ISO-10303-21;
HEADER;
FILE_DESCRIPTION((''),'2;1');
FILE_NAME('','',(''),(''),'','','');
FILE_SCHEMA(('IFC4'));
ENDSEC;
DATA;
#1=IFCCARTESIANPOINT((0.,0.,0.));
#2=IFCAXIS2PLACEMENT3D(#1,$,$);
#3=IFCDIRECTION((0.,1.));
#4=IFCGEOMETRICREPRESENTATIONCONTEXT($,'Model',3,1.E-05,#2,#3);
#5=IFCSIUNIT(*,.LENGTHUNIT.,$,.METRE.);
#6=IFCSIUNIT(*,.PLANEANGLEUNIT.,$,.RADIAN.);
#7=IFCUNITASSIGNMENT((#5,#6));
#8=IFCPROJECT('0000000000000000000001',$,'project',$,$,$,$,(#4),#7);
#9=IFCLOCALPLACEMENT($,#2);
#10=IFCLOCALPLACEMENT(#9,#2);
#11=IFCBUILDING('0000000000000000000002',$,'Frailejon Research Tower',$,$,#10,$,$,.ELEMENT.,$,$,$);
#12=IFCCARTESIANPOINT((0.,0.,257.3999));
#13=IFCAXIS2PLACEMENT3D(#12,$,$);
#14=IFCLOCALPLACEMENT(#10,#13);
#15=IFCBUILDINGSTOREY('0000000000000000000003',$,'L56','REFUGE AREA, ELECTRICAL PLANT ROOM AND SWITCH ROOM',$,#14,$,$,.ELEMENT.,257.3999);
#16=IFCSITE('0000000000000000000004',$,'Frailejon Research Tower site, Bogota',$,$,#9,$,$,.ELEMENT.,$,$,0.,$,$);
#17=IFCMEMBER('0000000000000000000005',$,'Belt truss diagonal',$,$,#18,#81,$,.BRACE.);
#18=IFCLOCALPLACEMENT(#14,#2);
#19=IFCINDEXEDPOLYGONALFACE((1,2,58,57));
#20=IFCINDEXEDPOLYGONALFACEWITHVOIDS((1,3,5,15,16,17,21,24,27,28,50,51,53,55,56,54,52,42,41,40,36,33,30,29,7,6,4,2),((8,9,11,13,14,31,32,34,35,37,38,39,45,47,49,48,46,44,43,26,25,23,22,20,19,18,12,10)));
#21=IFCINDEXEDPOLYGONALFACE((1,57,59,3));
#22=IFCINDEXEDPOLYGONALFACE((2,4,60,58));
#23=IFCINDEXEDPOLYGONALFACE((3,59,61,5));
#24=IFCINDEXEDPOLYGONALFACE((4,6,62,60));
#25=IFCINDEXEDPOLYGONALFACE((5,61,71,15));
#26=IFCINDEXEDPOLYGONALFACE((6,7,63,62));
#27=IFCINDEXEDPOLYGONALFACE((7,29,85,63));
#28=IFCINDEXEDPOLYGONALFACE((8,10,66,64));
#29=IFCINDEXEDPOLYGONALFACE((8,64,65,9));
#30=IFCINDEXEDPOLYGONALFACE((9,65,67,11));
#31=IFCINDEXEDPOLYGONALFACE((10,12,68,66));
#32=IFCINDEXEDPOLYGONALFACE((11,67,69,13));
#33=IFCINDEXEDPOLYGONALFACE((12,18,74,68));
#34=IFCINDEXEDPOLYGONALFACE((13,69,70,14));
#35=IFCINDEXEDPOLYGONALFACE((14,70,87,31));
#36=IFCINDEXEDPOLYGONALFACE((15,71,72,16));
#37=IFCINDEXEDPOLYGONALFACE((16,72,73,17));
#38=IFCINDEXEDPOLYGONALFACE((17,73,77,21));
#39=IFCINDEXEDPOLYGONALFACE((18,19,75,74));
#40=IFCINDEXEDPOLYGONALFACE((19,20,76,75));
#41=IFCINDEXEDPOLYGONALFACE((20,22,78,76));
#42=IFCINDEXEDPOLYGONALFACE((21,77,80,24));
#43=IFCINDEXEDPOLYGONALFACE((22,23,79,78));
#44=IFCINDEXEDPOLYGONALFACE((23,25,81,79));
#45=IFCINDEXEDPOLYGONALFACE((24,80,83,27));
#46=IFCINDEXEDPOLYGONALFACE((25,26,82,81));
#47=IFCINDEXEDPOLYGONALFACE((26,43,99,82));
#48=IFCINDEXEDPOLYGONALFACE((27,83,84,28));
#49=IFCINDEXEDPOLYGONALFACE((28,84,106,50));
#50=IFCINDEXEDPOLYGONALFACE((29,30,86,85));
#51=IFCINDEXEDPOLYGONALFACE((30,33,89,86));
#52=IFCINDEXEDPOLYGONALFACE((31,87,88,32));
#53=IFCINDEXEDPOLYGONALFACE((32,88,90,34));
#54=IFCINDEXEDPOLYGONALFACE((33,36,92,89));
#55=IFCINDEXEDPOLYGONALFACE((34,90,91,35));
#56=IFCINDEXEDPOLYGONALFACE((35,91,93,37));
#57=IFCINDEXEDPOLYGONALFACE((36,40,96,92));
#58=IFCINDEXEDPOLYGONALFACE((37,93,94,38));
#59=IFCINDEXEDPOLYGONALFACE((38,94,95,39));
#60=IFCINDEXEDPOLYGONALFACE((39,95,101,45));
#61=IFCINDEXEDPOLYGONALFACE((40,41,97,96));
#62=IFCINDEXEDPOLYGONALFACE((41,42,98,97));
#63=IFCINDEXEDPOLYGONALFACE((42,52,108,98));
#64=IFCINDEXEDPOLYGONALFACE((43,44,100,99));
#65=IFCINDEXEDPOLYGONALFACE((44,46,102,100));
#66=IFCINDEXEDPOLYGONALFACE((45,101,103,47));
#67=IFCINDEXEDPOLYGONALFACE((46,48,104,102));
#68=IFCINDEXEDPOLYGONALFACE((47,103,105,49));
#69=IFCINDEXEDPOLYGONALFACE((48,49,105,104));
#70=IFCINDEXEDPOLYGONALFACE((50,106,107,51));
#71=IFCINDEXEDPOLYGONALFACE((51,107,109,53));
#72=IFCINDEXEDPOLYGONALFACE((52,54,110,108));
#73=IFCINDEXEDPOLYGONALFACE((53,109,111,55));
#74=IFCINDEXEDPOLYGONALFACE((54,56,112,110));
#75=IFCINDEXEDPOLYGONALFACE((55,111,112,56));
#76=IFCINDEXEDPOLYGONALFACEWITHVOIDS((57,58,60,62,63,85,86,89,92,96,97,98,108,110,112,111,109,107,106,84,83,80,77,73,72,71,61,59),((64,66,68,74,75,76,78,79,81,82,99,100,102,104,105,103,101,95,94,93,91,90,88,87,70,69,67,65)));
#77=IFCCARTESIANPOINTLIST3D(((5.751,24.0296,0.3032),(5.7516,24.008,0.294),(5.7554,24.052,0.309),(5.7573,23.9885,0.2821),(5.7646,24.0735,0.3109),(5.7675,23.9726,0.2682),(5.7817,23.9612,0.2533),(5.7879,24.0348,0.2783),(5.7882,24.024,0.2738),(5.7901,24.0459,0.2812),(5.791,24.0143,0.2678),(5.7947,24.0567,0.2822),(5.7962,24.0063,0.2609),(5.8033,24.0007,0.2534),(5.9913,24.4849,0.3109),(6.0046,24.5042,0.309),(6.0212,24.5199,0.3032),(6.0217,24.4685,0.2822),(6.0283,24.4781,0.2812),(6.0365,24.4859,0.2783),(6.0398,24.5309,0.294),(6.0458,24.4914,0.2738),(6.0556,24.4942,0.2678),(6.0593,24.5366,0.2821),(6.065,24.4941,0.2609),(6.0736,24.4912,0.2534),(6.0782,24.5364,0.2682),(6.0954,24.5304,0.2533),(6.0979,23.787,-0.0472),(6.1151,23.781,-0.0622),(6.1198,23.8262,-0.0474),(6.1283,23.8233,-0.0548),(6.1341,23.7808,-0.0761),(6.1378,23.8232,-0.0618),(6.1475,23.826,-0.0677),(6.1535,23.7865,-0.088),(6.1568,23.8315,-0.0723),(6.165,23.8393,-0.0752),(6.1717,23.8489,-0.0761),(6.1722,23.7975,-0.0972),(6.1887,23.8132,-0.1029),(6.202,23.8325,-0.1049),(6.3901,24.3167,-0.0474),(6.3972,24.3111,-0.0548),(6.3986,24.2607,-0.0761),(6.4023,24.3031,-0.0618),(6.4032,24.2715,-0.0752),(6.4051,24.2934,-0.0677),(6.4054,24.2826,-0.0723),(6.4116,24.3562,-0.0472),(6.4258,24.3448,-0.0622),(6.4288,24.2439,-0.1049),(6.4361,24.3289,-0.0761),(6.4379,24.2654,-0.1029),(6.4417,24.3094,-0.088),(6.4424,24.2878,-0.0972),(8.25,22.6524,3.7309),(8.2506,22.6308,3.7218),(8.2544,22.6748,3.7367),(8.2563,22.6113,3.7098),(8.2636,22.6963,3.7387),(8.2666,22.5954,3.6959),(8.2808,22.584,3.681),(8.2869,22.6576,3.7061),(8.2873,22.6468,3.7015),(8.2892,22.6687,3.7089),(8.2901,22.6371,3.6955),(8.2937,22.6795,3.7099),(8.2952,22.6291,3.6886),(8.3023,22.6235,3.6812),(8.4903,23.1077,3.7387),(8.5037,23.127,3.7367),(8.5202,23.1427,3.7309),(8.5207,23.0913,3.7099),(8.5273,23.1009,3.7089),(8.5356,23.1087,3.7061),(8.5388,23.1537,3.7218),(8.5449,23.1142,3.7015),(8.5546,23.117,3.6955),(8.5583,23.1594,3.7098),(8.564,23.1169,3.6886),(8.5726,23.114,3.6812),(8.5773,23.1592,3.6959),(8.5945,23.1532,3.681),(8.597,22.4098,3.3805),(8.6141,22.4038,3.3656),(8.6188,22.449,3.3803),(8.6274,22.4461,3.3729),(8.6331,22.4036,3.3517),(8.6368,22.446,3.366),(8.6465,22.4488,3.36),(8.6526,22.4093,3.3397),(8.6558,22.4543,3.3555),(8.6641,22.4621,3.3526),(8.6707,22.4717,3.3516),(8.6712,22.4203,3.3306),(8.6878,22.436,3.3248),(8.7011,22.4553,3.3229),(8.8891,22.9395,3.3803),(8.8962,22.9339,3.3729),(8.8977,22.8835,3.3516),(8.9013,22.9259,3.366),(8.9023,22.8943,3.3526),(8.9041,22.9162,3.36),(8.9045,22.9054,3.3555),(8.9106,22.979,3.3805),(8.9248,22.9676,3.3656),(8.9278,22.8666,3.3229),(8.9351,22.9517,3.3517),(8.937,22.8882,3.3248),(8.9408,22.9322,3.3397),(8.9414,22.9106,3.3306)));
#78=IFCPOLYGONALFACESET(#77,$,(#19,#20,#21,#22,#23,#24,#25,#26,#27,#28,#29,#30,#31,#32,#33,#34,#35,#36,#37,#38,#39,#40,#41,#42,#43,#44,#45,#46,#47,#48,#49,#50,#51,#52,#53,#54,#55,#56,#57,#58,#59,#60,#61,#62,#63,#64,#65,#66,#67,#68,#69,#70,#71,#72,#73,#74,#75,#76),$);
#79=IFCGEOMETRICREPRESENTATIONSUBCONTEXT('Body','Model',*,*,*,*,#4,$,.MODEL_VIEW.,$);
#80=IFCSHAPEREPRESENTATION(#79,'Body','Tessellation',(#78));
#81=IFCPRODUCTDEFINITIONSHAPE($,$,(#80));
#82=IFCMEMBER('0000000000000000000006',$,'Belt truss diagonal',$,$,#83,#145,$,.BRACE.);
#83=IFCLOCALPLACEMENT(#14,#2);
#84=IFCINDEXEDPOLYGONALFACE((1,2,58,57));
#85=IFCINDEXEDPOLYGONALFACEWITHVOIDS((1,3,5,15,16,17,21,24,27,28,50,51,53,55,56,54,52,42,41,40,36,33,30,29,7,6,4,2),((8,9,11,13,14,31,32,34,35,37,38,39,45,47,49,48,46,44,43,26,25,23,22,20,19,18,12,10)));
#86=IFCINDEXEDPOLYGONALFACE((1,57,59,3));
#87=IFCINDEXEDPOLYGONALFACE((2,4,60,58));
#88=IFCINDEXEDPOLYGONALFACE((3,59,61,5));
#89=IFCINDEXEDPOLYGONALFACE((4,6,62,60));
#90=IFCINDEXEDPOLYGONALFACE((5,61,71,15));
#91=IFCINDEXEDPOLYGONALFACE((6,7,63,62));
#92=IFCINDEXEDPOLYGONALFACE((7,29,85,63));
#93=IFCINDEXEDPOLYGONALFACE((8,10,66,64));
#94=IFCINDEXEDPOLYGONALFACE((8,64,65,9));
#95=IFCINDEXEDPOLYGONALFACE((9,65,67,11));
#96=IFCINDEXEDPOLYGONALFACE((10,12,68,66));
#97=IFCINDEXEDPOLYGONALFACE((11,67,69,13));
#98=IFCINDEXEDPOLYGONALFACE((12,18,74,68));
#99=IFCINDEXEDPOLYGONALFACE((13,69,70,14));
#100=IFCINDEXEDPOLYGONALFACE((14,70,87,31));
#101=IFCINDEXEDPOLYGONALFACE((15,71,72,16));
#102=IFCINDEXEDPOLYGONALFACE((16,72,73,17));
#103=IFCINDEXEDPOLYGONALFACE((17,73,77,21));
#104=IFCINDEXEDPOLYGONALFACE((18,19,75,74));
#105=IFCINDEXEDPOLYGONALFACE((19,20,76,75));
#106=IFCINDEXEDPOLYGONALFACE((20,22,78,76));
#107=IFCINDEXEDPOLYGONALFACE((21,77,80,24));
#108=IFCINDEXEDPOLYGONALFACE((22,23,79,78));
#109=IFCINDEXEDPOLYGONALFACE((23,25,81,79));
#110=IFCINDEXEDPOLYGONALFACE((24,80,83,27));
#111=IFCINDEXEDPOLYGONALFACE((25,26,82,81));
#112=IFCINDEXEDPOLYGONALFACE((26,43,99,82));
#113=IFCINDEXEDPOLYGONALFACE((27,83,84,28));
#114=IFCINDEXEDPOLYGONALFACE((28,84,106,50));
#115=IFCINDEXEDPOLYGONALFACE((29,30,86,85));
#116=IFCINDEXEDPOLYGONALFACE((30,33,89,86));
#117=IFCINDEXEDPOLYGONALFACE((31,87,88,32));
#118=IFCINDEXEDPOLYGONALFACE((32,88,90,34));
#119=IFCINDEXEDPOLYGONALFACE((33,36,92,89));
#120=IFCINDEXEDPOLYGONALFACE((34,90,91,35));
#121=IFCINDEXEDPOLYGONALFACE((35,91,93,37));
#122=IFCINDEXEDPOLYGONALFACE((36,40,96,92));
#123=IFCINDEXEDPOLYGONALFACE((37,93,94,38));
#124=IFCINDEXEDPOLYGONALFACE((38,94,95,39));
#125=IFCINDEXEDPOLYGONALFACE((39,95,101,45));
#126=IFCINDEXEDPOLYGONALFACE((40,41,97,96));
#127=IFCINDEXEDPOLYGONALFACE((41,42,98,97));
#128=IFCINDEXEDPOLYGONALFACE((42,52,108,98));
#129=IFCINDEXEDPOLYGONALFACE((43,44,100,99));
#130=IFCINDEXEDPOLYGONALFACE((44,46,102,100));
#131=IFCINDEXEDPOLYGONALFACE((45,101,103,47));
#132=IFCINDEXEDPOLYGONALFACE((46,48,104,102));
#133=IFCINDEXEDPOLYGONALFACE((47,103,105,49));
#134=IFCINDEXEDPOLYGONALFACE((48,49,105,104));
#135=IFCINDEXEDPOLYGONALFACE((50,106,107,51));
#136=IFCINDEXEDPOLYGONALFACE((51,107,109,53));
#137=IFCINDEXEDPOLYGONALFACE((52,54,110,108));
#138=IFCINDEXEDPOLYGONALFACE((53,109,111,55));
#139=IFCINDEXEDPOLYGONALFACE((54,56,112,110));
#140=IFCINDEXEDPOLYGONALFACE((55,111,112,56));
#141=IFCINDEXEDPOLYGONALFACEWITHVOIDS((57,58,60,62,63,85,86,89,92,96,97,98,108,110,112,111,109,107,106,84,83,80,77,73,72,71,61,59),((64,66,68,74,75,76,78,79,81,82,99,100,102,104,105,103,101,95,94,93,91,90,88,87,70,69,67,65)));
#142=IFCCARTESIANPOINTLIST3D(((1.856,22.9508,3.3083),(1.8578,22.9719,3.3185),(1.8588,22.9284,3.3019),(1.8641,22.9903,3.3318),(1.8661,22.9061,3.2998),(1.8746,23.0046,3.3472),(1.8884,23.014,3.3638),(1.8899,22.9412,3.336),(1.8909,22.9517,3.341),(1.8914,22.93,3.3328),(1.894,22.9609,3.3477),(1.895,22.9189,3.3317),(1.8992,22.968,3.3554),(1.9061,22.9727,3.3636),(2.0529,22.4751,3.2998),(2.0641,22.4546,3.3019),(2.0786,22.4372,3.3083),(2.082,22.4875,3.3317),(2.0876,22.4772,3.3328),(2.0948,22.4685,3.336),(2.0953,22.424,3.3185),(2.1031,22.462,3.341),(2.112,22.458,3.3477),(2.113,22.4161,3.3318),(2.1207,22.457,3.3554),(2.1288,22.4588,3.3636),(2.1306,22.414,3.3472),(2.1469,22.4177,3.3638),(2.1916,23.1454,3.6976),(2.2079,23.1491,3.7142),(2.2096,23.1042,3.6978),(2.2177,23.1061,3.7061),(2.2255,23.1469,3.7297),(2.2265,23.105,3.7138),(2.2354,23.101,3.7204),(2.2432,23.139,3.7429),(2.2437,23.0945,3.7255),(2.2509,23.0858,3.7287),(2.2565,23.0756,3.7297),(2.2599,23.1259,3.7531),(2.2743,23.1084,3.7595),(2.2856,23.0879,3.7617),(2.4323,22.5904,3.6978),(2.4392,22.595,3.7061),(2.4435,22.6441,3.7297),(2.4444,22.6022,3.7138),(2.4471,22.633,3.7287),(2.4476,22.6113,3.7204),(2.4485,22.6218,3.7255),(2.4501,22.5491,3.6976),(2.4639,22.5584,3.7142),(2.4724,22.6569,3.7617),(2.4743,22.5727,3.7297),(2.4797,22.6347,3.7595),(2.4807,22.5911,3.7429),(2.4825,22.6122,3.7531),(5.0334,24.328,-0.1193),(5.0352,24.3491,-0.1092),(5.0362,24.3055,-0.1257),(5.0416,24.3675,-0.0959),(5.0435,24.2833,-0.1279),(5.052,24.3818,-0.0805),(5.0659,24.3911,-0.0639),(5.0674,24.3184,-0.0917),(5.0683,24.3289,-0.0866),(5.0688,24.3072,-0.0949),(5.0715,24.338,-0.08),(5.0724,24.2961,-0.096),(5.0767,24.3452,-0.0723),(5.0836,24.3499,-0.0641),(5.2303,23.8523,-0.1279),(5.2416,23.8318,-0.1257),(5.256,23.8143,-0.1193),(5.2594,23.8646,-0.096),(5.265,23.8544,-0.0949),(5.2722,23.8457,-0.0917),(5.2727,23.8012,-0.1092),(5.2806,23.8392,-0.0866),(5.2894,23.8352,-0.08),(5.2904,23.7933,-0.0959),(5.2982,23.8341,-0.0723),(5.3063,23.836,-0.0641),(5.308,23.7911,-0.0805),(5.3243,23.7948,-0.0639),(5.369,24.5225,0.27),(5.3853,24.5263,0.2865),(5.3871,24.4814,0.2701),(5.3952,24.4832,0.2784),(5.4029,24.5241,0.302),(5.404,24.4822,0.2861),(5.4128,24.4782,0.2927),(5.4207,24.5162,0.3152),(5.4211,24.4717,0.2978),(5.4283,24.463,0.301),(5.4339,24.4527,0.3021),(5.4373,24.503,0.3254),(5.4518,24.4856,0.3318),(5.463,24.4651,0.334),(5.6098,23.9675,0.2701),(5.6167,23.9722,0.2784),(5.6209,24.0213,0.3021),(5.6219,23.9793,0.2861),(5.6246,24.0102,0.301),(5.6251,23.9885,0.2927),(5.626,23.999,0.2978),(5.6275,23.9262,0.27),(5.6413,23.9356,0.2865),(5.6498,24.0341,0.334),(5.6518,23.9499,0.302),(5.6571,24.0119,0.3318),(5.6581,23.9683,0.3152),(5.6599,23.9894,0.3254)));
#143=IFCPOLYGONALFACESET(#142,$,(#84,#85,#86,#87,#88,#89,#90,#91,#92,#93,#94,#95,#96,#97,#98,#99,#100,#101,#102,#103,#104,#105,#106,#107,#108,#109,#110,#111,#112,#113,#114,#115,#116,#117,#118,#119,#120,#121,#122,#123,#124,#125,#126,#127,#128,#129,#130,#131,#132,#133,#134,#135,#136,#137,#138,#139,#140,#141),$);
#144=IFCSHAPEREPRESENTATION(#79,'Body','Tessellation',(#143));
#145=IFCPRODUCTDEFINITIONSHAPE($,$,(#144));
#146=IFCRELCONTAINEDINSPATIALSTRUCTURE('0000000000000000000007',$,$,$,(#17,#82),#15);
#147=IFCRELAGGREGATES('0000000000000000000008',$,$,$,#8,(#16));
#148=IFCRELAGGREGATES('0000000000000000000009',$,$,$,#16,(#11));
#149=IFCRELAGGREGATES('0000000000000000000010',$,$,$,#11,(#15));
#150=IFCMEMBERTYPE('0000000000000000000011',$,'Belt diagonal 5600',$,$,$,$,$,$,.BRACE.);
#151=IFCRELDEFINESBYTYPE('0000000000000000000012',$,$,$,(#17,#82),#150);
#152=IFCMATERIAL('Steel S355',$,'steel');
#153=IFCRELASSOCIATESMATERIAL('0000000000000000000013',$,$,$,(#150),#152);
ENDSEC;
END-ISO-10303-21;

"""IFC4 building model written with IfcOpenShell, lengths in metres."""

from ifc_helpers import new_model, si_unit, direction, frame, origin, origin_2d, place, context, subcontext, project, spatial, hollow_rectangle, extrude, material, material_profile, profile_set, type_object, element, save


model = new_model("IFC4")

# Units and contexts
model_context = context("Model", 3, precision=1e-05, world=origin(), true_north=direction((0.0, 1.0)))
body_context = subcontext(model_context, "Body", "Model", "MODEL_VIEW")
ifc_project = project(units=[si_unit("LENGTHUNIT", "METRE"), si_unit("PLANEANGLEUNIT", "RADIAN")], contexts=[model_context])

# Site, building, storey
site_placement = place(None, origin())
site = spatial("IfcSite", under=ifc_project, at=site_placement, Name="Frailejon Research Tower site, Bogota", CompositionType="ELEMENT", RefElevation=0.0)
building_placement = place(site_placement, origin())
building = spatial("IfcBuilding", under=site, at=building_placement, Name="Frailejon Research Tower", CompositionType="ELEMENT")
storey_placement = place(building_placement, frame((0.0, 0.0, 257.3999)))
storey = spatial("IfcBuildingStorey", under=building, at=storey_placement, Name="L56", Description="REFUGE AREA, ELECTRICAL PLANT ROOM AND SWITCH ROOM", CompositionType="ELEMENT", Elevation=257.3999)

# Members
ifc_material_1 = material(Name="Steel S355", Category="steel")
ifc_material_profile_1 = material_profile(ifc_material_1, hollow_rectangle(XDim=0.6499, YDim=0.6499, WallThickness=0.0449, InnerFilletRadius=0.0449, OuterFilletRadius=0.0901, at=origin_2d()), Name="Belt diagonal 5600")
ifc_profile_set_1 = profile_set([ifc_material_profile_1], Name="Steel S355")
member_type = type_object("IfcMemberType", Name="Belt diagonal 5600", PredefinedType="BRACE", material=ifc_profile_set_1)
member_1_placement = place(storey_placement, frame((8.5957, 22.7815, 3.5308), z_axis=(-0.560325, 0.308792, -0.768559), x_axis=(-0.482654, -0.875811, 0.0)))
element("IfcMember", 1, at=member_1_placement, inside=storey, type_object=member_type, Name="Belt truss diagonal", PredefinedType="BRACE", context=body_context, shape_type="SweptSolid", body=[
    extrude(hollow_rectangle(XDim=0.6499, YDim=0.6499, WallThickness=0.0449, InnerFilletRadius=0.0449, OuterFilletRadius=0.0901, at=origin_2d()), origin(), (0.0, 0.0, 1.0), 4.46),
])
member_2_placement = place(storey_placement, frame((5.3467, 24.1587, 0.103), z_axis=(-0.65211, -0.28264, 0.703468), x_axis=(0.397677, -0.917526, 0.0)))
element("IfcMember", 2, at=member_2_placement, inside=storey, type_object=member_type, Name="Belt truss diagonal", PredefinedType="BRACE", context=body_context, shape_type="SweptSolid", body=[
    extrude(hollow_rectangle(XDim=0.6499, YDim=0.6499, WallThickness=0.0449, InnerFilletRadius=0.0449, OuterFilletRadius=0.0901, at=origin_2d()), origin(), (0.0, 0.0, 1.0), 4.8726),
])

save(model, "model.ifc")
